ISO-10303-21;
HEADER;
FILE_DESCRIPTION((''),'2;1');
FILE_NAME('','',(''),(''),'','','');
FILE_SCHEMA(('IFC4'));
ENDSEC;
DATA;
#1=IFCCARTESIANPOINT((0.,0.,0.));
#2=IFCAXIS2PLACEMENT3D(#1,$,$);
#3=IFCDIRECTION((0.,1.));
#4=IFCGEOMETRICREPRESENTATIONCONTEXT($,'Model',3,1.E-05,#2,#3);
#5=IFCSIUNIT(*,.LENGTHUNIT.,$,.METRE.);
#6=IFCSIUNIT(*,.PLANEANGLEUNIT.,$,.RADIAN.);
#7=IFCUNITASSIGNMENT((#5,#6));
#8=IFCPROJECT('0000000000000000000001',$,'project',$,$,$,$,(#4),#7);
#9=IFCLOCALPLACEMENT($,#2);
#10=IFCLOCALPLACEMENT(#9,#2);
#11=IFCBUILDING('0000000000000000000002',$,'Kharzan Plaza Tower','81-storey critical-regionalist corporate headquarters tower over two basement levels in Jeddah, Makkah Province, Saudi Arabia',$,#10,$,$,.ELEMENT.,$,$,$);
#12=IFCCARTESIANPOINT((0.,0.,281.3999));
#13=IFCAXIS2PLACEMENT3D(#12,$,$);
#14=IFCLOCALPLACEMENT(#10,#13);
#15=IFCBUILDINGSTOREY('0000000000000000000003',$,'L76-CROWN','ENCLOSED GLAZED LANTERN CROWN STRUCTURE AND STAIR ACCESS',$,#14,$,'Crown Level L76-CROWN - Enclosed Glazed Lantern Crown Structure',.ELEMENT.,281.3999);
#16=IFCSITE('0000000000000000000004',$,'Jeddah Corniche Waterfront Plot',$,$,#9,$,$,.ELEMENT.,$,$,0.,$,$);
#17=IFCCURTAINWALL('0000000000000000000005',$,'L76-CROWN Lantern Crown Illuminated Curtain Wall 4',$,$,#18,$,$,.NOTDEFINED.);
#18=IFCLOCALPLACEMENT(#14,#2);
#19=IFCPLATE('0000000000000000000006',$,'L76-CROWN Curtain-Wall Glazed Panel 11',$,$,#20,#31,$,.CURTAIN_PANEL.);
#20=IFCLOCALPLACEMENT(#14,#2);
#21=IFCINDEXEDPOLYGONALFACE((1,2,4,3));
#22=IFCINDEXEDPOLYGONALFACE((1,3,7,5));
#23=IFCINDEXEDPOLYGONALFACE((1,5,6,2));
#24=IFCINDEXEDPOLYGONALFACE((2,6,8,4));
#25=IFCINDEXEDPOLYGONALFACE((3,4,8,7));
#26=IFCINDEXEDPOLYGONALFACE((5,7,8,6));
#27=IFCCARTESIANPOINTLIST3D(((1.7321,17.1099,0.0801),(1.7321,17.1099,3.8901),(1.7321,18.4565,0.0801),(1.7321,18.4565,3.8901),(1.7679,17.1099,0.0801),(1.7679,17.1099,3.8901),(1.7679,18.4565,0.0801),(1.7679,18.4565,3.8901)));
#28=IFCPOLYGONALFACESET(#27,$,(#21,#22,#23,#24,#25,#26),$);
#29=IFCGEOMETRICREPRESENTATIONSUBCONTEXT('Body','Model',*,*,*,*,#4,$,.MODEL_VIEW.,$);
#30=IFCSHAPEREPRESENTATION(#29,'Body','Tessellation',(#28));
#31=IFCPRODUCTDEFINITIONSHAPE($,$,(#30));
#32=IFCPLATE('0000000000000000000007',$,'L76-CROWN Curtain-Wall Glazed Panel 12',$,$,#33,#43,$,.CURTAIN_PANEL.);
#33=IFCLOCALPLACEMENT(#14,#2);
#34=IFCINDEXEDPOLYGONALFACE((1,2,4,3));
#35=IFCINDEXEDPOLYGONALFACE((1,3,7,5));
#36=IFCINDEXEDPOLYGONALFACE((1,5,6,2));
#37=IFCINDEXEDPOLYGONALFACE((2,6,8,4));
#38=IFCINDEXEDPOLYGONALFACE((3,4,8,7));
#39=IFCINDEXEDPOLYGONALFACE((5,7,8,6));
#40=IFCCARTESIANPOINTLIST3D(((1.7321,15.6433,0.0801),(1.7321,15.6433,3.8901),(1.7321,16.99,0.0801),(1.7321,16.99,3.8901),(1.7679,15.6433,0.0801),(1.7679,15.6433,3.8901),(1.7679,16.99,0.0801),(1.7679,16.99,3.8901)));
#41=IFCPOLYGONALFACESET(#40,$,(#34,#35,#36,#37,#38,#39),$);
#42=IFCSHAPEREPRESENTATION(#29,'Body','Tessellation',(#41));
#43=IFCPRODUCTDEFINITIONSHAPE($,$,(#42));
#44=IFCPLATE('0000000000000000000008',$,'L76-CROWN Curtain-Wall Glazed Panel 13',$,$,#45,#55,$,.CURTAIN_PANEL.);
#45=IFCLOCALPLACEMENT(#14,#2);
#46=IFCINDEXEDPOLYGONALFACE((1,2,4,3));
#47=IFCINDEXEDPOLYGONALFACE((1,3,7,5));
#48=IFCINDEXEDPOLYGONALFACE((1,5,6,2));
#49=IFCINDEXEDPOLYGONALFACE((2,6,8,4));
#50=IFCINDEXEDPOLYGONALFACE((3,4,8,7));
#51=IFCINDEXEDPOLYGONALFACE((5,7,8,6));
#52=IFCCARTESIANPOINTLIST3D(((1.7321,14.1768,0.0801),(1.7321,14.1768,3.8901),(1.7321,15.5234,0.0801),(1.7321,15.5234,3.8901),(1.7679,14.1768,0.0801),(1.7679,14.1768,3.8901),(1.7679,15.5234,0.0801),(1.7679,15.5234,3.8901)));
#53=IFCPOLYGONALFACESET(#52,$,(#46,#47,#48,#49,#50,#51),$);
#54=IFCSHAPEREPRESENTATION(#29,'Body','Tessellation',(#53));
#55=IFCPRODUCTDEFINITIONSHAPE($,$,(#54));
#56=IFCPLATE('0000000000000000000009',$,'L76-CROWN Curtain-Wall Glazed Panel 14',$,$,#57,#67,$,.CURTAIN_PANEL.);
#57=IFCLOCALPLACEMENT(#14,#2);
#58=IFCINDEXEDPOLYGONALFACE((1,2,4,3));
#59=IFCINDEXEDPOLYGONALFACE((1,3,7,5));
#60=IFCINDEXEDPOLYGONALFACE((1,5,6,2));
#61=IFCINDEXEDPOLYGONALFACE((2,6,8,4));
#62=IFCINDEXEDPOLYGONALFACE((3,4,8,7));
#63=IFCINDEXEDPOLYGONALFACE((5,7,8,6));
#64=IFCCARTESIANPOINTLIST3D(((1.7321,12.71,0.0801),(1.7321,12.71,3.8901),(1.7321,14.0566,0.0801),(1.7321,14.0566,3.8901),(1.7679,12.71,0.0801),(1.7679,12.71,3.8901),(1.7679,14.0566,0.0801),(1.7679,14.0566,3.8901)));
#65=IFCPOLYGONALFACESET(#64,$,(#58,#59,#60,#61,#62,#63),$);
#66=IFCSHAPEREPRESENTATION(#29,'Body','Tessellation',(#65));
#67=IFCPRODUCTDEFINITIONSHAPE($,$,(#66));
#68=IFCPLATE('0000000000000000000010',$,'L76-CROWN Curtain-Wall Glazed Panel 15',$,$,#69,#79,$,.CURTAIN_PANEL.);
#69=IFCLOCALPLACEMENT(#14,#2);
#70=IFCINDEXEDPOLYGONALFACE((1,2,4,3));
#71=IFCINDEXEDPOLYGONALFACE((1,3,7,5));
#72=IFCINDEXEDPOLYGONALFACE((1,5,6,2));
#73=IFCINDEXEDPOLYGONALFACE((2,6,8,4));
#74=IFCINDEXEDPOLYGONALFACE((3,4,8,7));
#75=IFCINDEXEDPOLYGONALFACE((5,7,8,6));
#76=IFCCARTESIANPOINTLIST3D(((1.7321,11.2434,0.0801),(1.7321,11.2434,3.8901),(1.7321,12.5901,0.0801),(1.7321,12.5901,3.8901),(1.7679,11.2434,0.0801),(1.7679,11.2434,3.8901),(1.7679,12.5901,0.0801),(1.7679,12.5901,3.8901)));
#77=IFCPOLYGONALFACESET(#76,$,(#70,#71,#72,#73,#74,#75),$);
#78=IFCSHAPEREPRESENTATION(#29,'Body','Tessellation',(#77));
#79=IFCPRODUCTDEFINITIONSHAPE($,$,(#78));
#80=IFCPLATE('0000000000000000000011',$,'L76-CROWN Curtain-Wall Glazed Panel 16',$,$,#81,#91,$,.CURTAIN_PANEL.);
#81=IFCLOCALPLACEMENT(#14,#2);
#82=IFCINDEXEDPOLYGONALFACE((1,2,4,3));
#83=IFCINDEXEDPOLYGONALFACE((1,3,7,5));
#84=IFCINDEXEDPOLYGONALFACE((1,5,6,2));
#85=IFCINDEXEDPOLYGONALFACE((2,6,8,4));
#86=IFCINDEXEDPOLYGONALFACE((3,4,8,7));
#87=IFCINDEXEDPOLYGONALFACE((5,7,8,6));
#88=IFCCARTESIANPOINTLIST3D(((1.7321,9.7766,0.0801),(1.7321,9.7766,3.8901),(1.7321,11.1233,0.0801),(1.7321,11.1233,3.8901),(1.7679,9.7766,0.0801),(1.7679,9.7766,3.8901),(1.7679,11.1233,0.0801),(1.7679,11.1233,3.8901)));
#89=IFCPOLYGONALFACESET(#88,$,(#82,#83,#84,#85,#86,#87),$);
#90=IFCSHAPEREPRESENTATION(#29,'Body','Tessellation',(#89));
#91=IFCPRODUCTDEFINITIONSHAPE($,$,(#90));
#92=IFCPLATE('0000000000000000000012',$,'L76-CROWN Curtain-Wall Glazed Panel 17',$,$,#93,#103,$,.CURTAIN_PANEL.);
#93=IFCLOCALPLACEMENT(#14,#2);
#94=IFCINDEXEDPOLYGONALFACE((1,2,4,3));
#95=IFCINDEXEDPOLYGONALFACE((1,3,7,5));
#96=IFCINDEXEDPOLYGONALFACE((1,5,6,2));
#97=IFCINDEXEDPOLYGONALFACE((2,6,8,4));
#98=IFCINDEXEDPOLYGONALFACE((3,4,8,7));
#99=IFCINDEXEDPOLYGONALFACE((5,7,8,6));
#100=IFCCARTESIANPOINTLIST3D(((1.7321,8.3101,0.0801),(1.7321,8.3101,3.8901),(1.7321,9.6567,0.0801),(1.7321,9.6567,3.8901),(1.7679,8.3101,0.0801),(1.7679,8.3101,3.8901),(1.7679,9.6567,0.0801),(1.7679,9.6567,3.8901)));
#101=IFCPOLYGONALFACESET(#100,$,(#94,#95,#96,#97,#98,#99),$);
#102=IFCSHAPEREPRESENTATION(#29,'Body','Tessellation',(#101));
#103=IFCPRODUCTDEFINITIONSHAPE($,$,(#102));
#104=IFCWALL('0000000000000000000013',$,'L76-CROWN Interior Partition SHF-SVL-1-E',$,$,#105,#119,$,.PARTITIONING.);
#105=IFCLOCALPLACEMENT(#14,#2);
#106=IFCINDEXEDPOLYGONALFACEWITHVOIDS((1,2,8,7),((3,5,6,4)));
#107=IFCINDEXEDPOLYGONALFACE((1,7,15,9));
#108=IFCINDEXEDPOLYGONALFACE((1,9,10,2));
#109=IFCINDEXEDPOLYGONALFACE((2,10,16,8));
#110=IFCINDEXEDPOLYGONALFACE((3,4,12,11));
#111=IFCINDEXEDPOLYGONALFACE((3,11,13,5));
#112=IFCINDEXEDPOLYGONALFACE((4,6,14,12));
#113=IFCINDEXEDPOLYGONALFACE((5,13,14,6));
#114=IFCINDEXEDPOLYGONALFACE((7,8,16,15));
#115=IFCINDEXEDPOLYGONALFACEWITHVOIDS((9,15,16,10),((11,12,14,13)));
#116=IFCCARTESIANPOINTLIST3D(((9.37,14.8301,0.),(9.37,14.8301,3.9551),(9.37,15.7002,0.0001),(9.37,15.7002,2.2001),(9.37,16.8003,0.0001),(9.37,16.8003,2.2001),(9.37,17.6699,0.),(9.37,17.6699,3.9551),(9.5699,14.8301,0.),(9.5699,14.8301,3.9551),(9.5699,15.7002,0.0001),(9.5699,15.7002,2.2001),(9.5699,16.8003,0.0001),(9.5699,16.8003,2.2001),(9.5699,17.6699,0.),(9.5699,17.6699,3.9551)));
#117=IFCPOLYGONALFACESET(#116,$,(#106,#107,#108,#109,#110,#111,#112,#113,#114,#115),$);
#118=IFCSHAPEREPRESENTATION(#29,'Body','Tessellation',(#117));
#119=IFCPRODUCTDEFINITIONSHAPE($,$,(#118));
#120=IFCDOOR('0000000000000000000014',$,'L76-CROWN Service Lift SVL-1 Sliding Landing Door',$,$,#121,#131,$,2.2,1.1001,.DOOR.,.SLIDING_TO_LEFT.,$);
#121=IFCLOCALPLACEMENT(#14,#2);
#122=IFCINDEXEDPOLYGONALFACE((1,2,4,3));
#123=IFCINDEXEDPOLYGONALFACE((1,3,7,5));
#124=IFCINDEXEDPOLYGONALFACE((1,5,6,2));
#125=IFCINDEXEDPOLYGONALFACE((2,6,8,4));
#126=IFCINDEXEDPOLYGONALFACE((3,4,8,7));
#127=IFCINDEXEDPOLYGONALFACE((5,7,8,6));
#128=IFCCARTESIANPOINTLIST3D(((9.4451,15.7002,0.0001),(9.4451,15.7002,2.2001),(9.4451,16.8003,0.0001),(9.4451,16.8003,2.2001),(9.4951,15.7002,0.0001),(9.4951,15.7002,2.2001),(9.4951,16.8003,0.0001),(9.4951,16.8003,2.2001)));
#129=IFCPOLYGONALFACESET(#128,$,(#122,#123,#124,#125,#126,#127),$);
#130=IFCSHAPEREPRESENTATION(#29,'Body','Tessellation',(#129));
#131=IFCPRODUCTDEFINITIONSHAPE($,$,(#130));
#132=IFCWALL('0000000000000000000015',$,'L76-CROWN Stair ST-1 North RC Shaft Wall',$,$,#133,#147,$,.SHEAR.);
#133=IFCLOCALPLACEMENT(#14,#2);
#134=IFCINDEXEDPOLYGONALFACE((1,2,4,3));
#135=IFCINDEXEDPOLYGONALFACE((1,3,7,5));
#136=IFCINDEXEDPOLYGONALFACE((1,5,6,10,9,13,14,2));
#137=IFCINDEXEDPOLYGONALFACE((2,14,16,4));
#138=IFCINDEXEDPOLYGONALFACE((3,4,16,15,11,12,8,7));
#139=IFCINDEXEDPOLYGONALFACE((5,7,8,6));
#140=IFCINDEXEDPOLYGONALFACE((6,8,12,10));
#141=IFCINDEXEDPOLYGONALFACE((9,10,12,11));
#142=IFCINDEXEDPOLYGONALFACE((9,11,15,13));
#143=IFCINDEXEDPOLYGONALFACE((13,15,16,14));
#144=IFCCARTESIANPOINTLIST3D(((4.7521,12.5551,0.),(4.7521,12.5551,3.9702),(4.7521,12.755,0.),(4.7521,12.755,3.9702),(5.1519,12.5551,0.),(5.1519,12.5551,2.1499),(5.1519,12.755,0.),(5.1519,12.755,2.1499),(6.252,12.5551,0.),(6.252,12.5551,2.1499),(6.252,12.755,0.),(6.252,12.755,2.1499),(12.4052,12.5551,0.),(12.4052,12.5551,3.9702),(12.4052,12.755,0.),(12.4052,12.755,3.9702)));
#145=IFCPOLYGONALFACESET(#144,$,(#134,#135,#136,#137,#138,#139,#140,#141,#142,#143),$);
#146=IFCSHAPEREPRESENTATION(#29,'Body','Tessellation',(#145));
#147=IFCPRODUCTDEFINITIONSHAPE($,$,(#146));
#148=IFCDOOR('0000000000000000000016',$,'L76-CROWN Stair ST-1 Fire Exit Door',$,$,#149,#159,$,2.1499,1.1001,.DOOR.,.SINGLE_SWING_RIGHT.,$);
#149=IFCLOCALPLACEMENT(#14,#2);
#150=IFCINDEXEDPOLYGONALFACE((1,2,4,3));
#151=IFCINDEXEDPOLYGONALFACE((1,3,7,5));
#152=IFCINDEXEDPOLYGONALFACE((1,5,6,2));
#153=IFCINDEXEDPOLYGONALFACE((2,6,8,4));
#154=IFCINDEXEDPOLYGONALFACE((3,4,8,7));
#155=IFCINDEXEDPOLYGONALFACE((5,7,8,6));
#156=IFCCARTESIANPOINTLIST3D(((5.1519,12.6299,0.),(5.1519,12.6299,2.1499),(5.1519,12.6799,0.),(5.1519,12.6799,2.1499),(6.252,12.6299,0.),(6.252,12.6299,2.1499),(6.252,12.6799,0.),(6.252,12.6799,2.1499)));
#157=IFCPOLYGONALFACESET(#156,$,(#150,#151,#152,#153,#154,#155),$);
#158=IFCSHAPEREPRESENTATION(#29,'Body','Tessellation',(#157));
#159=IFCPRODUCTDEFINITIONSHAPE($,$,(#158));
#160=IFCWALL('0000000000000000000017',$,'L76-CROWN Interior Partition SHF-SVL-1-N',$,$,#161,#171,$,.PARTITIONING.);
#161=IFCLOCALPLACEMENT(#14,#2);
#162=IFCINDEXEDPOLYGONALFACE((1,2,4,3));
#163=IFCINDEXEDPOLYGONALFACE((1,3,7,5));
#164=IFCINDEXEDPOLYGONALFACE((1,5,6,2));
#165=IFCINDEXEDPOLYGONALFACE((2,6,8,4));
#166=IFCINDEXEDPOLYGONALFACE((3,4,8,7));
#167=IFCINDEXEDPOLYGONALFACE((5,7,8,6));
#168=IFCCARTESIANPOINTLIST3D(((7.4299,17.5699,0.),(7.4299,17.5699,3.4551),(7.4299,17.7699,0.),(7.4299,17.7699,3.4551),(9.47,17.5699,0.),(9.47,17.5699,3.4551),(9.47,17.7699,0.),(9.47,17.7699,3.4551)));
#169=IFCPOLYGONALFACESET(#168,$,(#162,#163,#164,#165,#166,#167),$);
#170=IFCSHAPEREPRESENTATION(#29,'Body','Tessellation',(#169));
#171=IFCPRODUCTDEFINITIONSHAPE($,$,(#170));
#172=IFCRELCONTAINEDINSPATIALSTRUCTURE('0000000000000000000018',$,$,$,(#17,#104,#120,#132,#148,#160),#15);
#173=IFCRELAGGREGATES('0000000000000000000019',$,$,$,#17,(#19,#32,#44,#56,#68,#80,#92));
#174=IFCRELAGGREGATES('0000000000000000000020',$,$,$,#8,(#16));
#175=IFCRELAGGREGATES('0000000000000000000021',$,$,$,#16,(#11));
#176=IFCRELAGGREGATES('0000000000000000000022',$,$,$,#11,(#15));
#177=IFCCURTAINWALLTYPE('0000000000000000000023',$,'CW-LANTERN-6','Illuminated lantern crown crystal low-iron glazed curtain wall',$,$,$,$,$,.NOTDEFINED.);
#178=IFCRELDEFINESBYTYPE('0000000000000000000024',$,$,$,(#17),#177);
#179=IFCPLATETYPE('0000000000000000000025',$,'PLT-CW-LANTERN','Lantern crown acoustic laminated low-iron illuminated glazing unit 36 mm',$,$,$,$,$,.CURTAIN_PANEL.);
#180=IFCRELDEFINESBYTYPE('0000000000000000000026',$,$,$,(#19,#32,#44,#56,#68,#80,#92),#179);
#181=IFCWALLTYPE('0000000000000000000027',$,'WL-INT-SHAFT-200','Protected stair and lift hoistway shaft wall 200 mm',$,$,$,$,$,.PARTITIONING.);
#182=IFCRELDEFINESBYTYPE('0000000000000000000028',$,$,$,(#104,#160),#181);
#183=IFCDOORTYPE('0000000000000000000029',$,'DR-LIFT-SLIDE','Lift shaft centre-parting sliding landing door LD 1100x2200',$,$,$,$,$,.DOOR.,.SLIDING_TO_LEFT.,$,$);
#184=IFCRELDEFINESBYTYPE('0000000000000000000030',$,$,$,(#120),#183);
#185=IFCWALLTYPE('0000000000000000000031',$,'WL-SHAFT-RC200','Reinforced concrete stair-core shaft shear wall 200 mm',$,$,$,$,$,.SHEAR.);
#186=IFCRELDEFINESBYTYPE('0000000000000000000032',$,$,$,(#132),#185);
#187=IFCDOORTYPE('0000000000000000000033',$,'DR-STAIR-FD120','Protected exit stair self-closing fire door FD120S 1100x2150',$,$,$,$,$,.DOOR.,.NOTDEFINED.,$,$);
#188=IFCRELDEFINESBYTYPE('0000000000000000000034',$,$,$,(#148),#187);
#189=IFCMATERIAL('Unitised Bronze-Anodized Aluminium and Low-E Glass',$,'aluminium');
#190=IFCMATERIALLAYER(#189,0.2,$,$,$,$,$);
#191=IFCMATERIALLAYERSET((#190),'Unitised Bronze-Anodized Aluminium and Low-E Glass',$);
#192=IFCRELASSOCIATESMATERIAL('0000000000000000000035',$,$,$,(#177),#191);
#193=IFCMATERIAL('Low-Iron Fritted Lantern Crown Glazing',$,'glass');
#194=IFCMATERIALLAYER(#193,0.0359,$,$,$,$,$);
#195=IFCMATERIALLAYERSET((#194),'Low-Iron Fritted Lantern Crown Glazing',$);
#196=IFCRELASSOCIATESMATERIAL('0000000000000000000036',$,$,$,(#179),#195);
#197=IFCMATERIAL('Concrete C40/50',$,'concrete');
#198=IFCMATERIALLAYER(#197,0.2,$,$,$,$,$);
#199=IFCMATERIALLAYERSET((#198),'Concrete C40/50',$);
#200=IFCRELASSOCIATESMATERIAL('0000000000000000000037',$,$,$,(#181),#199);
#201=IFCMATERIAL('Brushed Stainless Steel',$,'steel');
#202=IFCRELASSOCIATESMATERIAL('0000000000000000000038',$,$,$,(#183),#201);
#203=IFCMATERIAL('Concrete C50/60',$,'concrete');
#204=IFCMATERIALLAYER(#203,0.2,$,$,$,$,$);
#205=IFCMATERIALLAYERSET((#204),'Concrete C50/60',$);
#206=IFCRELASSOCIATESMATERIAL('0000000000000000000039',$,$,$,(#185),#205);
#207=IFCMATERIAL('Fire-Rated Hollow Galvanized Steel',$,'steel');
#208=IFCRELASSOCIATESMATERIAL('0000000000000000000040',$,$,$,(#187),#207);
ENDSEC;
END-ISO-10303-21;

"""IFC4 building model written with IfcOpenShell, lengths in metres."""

from ifc_helpers import new_model, si_unit, direction, frame, frame_2d, origin, origin_2d, place, context, subcontext, project, spatial, rectangle, extrude, source, transform, mapped, material, layer, layer_set, type_object, element, fill, aggregate, save


model = new_model("IFC4")

# Units and contexts
model_context = context("Model", 3, precision=1e-05, world=origin(), true_north=direction((0.0, 1.0)))
body_context = subcontext(model_context, "Body", "Model", "MODEL_VIEW")
ifc_project = project(units=[si_unit("LENGTHUNIT", "METRE"), si_unit("PLANEANGLEUNIT", "RADIAN")], contexts=[model_context])

# Site, building, storey
site_placement = place(None, origin())
site = spatial("IfcSite", under=ifc_project, at=site_placement, Name="Jeddah Corniche Waterfront Plot", CompositionType="ELEMENT", RefElevation=0.0)
building_placement = place(site_placement, origin())
building = spatial("IfcBuilding", under=site, at=building_placement, Name="Kharzan Plaza Tower", Description="81-storey critical-regionalist corporate headquarters tower over two basement levels in Jeddah, Makkah Province, Saudi Arabia", CompositionType="ELEMENT")
storey_placement = place(building_placement, frame((0.0, 0.0, 281.3999)))
storey = spatial("IfcBuildingStorey", under=building, at=storey_placement, Name="L76-CROWN", Description="ENCLOSED GLAZED LANTERN CROWN STRUCTURE AND STAIR ACCESS", LongName="Crown Level L76-CROWN - Enclosed Glazed Lantern Crown Structure", CompositionType="ELEMENT", Elevation=281.3999)

# Curtain wall, plates
ifc_material_1 = material(Name="Unitised Bronze-Anodized Aluminium and Low-E Glass", Category="aluminium")
ifc_layer_1 = layer(ifc_material_1, 0.2)
ifc_layer_set_1 = layer_set([ifc_layer_1], Name="Unitised Bronze-Anodized Aluminium and Low-E Glass")
curtain_wall_type = type_object("IfcCurtainWallType", Name="CW-LANTERN-6", Description="Illuminated lantern crown crystal low-iron glazed curtain wall", PredefinedType="NOTDEFINED", material=ifc_layer_set_1)
curtain_wall_placement = place(storey_placement, origin())
curtain_wall = element("IfcCurtainWall", 1, at=curtain_wall_placement, inside=storey, type_object=curtain_wall_type, Name="L76-CROWN Lantern Crown Illuminated Curtain Wall 4", PredefinedType="NOTDEFINED")
ifc_material_2 = material(Name="Low-Iron Fritted Lantern Crown Glazing", Category="glass")
ifc_layer_2 = layer(ifc_material_2, 0.0359)
ifc_layer_set_2 = layer_set([ifc_layer_2], Name="Low-Iron Fritted Lantern Crown Glazing")
plate_type = type_object("IfcPlateType", Name="PLT-CW-LANTERN", Description="Lantern crown acoustic laminated low-iron illuminated glazing unit 36 mm", PredefinedType="CURTAIN_PANEL", material=ifc_layer_set_2)
shared_shape_1 = source(origin(), body_context, "Body", "SweptSolid", [
    extrude(rectangle(XDim=1.3467, YDim=0.0359, at=origin_2d()), origin(), (0.0, 0.0, 1.0), 3.8101),
])
plate_1_placement = place(storey_placement, frame((1.75, 17.7832, 0.0801), z_axis=(0.0, 0.0, 1.0), x_axis=(0.0, -1.0, 0.0)))
plate_1 = element("IfcPlate", 2, at=plate_1_placement, type_object=plate_type, Name="L76-CROWN Curtain-Wall Glazed Panel 11", PredefinedType="CURTAIN_PANEL", context=body_context, shape_type="MappedRepresentation", body=[
    mapped(shared_shape_1, transform((0.0, 0.0, 0.0), x_axis=(1.0, 0.0, 0.0), y_axis=(0.0, 1.0, 0.0), z_axis=(0.0, 0.0, 1.0))),
])
plate_2_placement = place(storey_placement, frame((1.75, 16.3167, 0.0801), z_axis=(0.0, 0.0, 1.0), x_axis=(0.0, -1.0, 0.0)))
plate_2 = element("IfcPlate", 3, at=plate_2_placement, type_object=plate_type, Name="L76-CROWN Curtain-Wall Glazed Panel 12", PredefinedType="CURTAIN_PANEL", context=body_context, shape_type="MappedRepresentation", body=[
    mapped(shared_shape_1, transform((0.0, 0.0, 0.0), x_axis=(1.0, 0.0, 0.0), y_axis=(0.0, 1.0, 0.0), z_axis=(0.0, 0.0, 1.0))),
])
plate_3_placement = place(storey_placement, frame((1.75, 14.8501, 0.0801), z_axis=(0.0, 0.0, 1.0), x_axis=(0.0, -1.0, 0.0)))
plate_3 = element("IfcPlate", 4, at=plate_3_placement, type_object=plate_type, Name="L76-CROWN Curtain-Wall Glazed Panel 13", PredefinedType="CURTAIN_PANEL", context=body_context, shape_type="MappedRepresentation", body=[
    mapped(shared_shape_1, transform((0.0, 0.0, 0.0), x_axis=(1.0, 0.0, 0.0), y_axis=(0.0, 1.0, 0.0), z_axis=(0.0, 0.0, 1.0))),
])
plate_4_placement = place(storey_placement, frame((1.75, 13.3833, 0.0801), z_axis=(0.0, 0.0, 1.0), x_axis=(0.0, -1.0, 0.0)))
plate_4 = element("IfcPlate", 5, at=plate_4_placement, type_object=plate_type, Name="L76-CROWN Curtain-Wall Glazed Panel 14", PredefinedType="CURTAIN_PANEL", context=body_context, shape_type="MappedRepresentation", body=[
    mapped(shared_shape_1, transform((0.0, 0.0, 0.0), x_axis=(1.0, 0.0, 0.0), y_axis=(0.0, 1.0, 0.0), z_axis=(0.0, 0.0, 1.0))),
])
plate_5_placement = place(storey_placement, frame((1.75, 11.9167, 0.0801), z_axis=(0.0, 0.0, 1.0), x_axis=(0.0, -1.0, 0.0)))
plate_5 = element("IfcPlate", 6, at=plate_5_placement, type_object=plate_type, Name="L76-CROWN Curtain-Wall Glazed Panel 15", PredefinedType="CURTAIN_PANEL", context=body_context, shape_type="MappedRepresentation", body=[
    mapped(shared_shape_1, transform((0.0, 0.0, 0.0), x_axis=(1.0, 0.0, 0.0), y_axis=(0.0, 1.0, 0.0), z_axis=(0.0, 0.0, 1.0))),
])
plate_6_placement = place(storey_placement, frame((1.75, 10.45, 0.0801), z_axis=(0.0, 0.0, 1.0), x_axis=(0.0, -1.0, 0.0)))
plate_6 = element("IfcPlate", 7, at=plate_6_placement, type_object=plate_type, Name="L76-CROWN Curtain-Wall Glazed Panel 16", PredefinedType="CURTAIN_PANEL", context=body_context, shape_type="MappedRepresentation", body=[
    mapped(shared_shape_1, transform((0.0, 0.0, 0.0), x_axis=(1.0, 0.0, 0.0), y_axis=(0.0, 1.0, 0.0), z_axis=(0.0, 0.0, 1.0))),
])
plate_7_placement = place(storey_placement, frame((1.75, 8.9834, 0.0801), z_axis=(0.0, 0.0, 1.0), x_axis=(0.0, -1.0, 0.0)))
plate_7 = element("IfcPlate", 8, at=plate_7_placement, type_object=plate_type, Name="L76-CROWN Curtain-Wall Glazed Panel 17", PredefinedType="CURTAIN_PANEL", context=body_context, shape_type="MappedRepresentation", body=[
    mapped(shared_shape_1, transform((0.0, 0.0, 0.0), x_axis=(1.0, 0.0, 0.0), y_axis=(0.0, 1.0, 0.0), z_axis=(0.0, 0.0, 1.0))),
])
aggregate(curtain_wall, [plate_1, plate_2, plate_3, plate_4, plate_5, plate_6, plate_7])

# Walls, openings, doors
ifc_material_3 = material(Name="Concrete C40/50", Category="concrete")
ifc_layer_3 = layer(ifc_material_3, 0.2)
ifc_layer_set_3 = layer_set([ifc_layer_3], Name="Concrete C40/50")
wall_type_1 = type_object("IfcWallType", Name="WL-INT-SHAFT-200", Description="Protected stair and lift hoistway shaft wall 200 mm", PredefinedType="PARTITIONING", material=ifc_layer_set_3)
wall_1_placement = place(storey_placement, frame((9.47, 14.8301, 0.0), z_axis=(0.0, 0.0, 1.0), x_axis=(0.0, 1.0, 0.0)))
wall_1 = element("IfcWall", 9, at=wall_1_placement, inside=storey, type_object=wall_type_1, Name="L76-CROWN Interior Partition SHF-SVL-1-E", PredefinedType="PARTITIONING", context=body_context, shape_type="SweptSolid", body=[
    extrude(rectangle(XDim=2.8398, YDim=0.2, at=frame_2d((1.4199, 0.0))), origin(), (0.0, 0.0, 1.0), 3.9551),
])
opening_1_placement = place(wall_1_placement, frame((0.8701, 0.0, 0.0)))
opening_1 = element("IfcOpeningElement", 10, at=opening_1_placement, cuts=wall_1, PredefinedType="OPENING", context=body_context, shape_type="SweptSolid", body=[
    extrude(rectangle(XDim=1.1001, YDim=2.2, at=frame_2d((0.55, 1.1001))), frame((0.0, 0.1099, 0.0), z_axis=(0.0, -1.0, 0.0), x_axis=(1.0, 0.0, 0.0)), (0.0, 0.0, 1.0), 0.22),
])
ifc_material_4 = material(Name="Brushed Stainless Steel", Category="steel")
door_type_1 = type_object("IfcDoorType", Name="DR-LIFT-SLIDE", Description="Lift shaft centre-parting sliding landing door LD 1100x2200", OperationType="SLIDING_TO_LEFT", PredefinedType="DOOR", material=ifc_material_4)
shared_shape_2 = source(origin(), body_context, "Body", "SweptSolid", [
    extrude(rectangle(XDim=1.1001, YDim=2.2, at=frame_2d((0.55, 1.1001))), frame((0.0, 0.0249, 0.0), z_axis=(0.0, -1.0, 0.0), x_axis=(1.0, 0.0, 0.0)), (0.0, 0.0, 1.0), 0.05),
])
door_1_placement = place(opening_1_placement, origin())
door_1 = element("IfcDoor", 11, at=door_1_placement, inside=storey, type_object=door_type_1, Name="L76-CROWN Service Lift SVL-1 Sliding Landing Door", OperationType="SLIDING_TO_LEFT", OverallHeight=2.2, OverallWidth=1.1001, PredefinedType="DOOR", context=body_context, shape_type="MappedRepresentation", body=[
    mapped(shared_shape_2, transform((0.0, 0.0, 0.0), x_axis=(1.0, 0.0, 0.0), y_axis=(0.0, 1.0, 0.0), z_axis=(0.0, 0.0, 1.0))),
])
fill(opening_1, door_1)
ifc_material_5 = material(Name="Concrete C50/60", Category="concrete")
ifc_layer_4 = layer(ifc_material_5, 0.2)
ifc_layer_set_4 = layer_set([ifc_layer_4], Name="Concrete C50/60")
wall_type_2 = type_object("IfcWallType", Name="WL-SHAFT-RC200", Description="Reinforced concrete stair-core shaft shear wall 200 mm", PredefinedType="SHEAR", material=ifc_layer_set_4)
wall_2_placement = place(storey_placement, frame((4.752, 12.655, 0.0), z_axis=(0.0, 0.0, 1.0), x_axis=(1.0, 0.0, 0.0)))
wall_2 = element("IfcWall", 12, at=wall_2_placement, inside=storey, type_object=wall_type_2, Name="L76-CROWN Stair ST-1 North RC Shaft Wall", PredefinedType="SHEAR", context=body_context, shape_type="SweptSolid", body=[
    extrude(rectangle(XDim=7.6531, YDim=0.2, at=frame_2d((3.8267, 0.0))), origin(), (0.0, 0.0, 1.0), 3.9702),
])
opening_2_placement = place(wall_2_placement, frame((0.3999, 0.0, 0.0)))
opening_2 = element("IfcOpeningElement", 13, at=opening_2_placement, cuts=wall_2, PredefinedType="OPENING", context=body_context, shape_type="SweptSolid", body=[
    extrude(rectangle(XDim=1.1001, YDim=2.1499, at=frame_2d((0.55, 1.075))), frame((0.0, 0.1099, 0.0), z_axis=(0.0, -1.0, 0.0), x_axis=(1.0, 0.0, 0.0)), (0.0, 0.0, 1.0), 0.22),
])
ifc_material_6 = material(Name="Fire-Rated Hollow Galvanized Steel", Category="steel")
door_type_2 = type_object("IfcDoorType", Name="DR-STAIR-FD120", Description="Protected exit stair self-closing fire door FD120S 1100x2150", OperationType="NOTDEFINED", PredefinedType="DOOR", material=ifc_material_6)
shared_shape_3 = source(origin(), body_context, "Body", "SweptSolid", [
    extrude(rectangle(XDim=1.1001, YDim=2.1499, at=frame_2d((0.55, 1.075))), frame((0.0, 0.0249, 0.0), z_axis=(0.0, -1.0, 0.0), x_axis=(1.0, 0.0, 0.0)), (0.0, 0.0, 1.0), 0.05),
])
door_2_placement = place(opening_2_placement, origin())
door_2 = element("IfcDoor", 14, at=door_2_placement, inside=storey, type_object=door_type_2, Name="L76-CROWN Stair ST-1 Fire Exit Door", OperationType="SINGLE_SWING_RIGHT", OverallHeight=2.1499, OverallWidth=1.1001, PredefinedType="DOOR", context=body_context, shape_type="MappedRepresentation", body=[
    mapped(shared_shape_3, transform((0.0, 0.0, 0.0), x_axis=(1.0, 0.0, 0.0), y_axis=(0.0, 1.0, 0.0), z_axis=(0.0, 0.0, 1.0))),
])
fill(opening_2, door_2)

# Wall
shared_shape_4 = source(origin(), body_context, "Body", "SweptSolid", [
    extrude(rectangle(XDim=2.04, YDim=0.2, at=frame_2d((1.02, 0.0))), origin(), (0.0, 0.0, 1.0), 3.4551),
])
wall_3_placement = place(storey_placement, frame((7.4299, 17.6699, 0.0), z_axis=(0.0, 0.0, 1.0), x_axis=(1.0, 0.0, 0.0)))
element("IfcWall", 15, at=wall_3_placement, inside=storey, type_object=wall_type_1, Name="L76-CROWN Interior Partition SHF-SVL-1-N", PredefinedType="PARTITIONING", context=body_context, shape_type="MappedRepresentation", body=[
    mapped(shared_shape_4, transform((0.0, 0.0, 0.0), x_axis=(1.0, 0.0, 0.0), y_axis=(0.0, 1.0, 0.0), z_axis=(0.0, 0.0, 1.0))),
])

save(model, "model.ifc")
